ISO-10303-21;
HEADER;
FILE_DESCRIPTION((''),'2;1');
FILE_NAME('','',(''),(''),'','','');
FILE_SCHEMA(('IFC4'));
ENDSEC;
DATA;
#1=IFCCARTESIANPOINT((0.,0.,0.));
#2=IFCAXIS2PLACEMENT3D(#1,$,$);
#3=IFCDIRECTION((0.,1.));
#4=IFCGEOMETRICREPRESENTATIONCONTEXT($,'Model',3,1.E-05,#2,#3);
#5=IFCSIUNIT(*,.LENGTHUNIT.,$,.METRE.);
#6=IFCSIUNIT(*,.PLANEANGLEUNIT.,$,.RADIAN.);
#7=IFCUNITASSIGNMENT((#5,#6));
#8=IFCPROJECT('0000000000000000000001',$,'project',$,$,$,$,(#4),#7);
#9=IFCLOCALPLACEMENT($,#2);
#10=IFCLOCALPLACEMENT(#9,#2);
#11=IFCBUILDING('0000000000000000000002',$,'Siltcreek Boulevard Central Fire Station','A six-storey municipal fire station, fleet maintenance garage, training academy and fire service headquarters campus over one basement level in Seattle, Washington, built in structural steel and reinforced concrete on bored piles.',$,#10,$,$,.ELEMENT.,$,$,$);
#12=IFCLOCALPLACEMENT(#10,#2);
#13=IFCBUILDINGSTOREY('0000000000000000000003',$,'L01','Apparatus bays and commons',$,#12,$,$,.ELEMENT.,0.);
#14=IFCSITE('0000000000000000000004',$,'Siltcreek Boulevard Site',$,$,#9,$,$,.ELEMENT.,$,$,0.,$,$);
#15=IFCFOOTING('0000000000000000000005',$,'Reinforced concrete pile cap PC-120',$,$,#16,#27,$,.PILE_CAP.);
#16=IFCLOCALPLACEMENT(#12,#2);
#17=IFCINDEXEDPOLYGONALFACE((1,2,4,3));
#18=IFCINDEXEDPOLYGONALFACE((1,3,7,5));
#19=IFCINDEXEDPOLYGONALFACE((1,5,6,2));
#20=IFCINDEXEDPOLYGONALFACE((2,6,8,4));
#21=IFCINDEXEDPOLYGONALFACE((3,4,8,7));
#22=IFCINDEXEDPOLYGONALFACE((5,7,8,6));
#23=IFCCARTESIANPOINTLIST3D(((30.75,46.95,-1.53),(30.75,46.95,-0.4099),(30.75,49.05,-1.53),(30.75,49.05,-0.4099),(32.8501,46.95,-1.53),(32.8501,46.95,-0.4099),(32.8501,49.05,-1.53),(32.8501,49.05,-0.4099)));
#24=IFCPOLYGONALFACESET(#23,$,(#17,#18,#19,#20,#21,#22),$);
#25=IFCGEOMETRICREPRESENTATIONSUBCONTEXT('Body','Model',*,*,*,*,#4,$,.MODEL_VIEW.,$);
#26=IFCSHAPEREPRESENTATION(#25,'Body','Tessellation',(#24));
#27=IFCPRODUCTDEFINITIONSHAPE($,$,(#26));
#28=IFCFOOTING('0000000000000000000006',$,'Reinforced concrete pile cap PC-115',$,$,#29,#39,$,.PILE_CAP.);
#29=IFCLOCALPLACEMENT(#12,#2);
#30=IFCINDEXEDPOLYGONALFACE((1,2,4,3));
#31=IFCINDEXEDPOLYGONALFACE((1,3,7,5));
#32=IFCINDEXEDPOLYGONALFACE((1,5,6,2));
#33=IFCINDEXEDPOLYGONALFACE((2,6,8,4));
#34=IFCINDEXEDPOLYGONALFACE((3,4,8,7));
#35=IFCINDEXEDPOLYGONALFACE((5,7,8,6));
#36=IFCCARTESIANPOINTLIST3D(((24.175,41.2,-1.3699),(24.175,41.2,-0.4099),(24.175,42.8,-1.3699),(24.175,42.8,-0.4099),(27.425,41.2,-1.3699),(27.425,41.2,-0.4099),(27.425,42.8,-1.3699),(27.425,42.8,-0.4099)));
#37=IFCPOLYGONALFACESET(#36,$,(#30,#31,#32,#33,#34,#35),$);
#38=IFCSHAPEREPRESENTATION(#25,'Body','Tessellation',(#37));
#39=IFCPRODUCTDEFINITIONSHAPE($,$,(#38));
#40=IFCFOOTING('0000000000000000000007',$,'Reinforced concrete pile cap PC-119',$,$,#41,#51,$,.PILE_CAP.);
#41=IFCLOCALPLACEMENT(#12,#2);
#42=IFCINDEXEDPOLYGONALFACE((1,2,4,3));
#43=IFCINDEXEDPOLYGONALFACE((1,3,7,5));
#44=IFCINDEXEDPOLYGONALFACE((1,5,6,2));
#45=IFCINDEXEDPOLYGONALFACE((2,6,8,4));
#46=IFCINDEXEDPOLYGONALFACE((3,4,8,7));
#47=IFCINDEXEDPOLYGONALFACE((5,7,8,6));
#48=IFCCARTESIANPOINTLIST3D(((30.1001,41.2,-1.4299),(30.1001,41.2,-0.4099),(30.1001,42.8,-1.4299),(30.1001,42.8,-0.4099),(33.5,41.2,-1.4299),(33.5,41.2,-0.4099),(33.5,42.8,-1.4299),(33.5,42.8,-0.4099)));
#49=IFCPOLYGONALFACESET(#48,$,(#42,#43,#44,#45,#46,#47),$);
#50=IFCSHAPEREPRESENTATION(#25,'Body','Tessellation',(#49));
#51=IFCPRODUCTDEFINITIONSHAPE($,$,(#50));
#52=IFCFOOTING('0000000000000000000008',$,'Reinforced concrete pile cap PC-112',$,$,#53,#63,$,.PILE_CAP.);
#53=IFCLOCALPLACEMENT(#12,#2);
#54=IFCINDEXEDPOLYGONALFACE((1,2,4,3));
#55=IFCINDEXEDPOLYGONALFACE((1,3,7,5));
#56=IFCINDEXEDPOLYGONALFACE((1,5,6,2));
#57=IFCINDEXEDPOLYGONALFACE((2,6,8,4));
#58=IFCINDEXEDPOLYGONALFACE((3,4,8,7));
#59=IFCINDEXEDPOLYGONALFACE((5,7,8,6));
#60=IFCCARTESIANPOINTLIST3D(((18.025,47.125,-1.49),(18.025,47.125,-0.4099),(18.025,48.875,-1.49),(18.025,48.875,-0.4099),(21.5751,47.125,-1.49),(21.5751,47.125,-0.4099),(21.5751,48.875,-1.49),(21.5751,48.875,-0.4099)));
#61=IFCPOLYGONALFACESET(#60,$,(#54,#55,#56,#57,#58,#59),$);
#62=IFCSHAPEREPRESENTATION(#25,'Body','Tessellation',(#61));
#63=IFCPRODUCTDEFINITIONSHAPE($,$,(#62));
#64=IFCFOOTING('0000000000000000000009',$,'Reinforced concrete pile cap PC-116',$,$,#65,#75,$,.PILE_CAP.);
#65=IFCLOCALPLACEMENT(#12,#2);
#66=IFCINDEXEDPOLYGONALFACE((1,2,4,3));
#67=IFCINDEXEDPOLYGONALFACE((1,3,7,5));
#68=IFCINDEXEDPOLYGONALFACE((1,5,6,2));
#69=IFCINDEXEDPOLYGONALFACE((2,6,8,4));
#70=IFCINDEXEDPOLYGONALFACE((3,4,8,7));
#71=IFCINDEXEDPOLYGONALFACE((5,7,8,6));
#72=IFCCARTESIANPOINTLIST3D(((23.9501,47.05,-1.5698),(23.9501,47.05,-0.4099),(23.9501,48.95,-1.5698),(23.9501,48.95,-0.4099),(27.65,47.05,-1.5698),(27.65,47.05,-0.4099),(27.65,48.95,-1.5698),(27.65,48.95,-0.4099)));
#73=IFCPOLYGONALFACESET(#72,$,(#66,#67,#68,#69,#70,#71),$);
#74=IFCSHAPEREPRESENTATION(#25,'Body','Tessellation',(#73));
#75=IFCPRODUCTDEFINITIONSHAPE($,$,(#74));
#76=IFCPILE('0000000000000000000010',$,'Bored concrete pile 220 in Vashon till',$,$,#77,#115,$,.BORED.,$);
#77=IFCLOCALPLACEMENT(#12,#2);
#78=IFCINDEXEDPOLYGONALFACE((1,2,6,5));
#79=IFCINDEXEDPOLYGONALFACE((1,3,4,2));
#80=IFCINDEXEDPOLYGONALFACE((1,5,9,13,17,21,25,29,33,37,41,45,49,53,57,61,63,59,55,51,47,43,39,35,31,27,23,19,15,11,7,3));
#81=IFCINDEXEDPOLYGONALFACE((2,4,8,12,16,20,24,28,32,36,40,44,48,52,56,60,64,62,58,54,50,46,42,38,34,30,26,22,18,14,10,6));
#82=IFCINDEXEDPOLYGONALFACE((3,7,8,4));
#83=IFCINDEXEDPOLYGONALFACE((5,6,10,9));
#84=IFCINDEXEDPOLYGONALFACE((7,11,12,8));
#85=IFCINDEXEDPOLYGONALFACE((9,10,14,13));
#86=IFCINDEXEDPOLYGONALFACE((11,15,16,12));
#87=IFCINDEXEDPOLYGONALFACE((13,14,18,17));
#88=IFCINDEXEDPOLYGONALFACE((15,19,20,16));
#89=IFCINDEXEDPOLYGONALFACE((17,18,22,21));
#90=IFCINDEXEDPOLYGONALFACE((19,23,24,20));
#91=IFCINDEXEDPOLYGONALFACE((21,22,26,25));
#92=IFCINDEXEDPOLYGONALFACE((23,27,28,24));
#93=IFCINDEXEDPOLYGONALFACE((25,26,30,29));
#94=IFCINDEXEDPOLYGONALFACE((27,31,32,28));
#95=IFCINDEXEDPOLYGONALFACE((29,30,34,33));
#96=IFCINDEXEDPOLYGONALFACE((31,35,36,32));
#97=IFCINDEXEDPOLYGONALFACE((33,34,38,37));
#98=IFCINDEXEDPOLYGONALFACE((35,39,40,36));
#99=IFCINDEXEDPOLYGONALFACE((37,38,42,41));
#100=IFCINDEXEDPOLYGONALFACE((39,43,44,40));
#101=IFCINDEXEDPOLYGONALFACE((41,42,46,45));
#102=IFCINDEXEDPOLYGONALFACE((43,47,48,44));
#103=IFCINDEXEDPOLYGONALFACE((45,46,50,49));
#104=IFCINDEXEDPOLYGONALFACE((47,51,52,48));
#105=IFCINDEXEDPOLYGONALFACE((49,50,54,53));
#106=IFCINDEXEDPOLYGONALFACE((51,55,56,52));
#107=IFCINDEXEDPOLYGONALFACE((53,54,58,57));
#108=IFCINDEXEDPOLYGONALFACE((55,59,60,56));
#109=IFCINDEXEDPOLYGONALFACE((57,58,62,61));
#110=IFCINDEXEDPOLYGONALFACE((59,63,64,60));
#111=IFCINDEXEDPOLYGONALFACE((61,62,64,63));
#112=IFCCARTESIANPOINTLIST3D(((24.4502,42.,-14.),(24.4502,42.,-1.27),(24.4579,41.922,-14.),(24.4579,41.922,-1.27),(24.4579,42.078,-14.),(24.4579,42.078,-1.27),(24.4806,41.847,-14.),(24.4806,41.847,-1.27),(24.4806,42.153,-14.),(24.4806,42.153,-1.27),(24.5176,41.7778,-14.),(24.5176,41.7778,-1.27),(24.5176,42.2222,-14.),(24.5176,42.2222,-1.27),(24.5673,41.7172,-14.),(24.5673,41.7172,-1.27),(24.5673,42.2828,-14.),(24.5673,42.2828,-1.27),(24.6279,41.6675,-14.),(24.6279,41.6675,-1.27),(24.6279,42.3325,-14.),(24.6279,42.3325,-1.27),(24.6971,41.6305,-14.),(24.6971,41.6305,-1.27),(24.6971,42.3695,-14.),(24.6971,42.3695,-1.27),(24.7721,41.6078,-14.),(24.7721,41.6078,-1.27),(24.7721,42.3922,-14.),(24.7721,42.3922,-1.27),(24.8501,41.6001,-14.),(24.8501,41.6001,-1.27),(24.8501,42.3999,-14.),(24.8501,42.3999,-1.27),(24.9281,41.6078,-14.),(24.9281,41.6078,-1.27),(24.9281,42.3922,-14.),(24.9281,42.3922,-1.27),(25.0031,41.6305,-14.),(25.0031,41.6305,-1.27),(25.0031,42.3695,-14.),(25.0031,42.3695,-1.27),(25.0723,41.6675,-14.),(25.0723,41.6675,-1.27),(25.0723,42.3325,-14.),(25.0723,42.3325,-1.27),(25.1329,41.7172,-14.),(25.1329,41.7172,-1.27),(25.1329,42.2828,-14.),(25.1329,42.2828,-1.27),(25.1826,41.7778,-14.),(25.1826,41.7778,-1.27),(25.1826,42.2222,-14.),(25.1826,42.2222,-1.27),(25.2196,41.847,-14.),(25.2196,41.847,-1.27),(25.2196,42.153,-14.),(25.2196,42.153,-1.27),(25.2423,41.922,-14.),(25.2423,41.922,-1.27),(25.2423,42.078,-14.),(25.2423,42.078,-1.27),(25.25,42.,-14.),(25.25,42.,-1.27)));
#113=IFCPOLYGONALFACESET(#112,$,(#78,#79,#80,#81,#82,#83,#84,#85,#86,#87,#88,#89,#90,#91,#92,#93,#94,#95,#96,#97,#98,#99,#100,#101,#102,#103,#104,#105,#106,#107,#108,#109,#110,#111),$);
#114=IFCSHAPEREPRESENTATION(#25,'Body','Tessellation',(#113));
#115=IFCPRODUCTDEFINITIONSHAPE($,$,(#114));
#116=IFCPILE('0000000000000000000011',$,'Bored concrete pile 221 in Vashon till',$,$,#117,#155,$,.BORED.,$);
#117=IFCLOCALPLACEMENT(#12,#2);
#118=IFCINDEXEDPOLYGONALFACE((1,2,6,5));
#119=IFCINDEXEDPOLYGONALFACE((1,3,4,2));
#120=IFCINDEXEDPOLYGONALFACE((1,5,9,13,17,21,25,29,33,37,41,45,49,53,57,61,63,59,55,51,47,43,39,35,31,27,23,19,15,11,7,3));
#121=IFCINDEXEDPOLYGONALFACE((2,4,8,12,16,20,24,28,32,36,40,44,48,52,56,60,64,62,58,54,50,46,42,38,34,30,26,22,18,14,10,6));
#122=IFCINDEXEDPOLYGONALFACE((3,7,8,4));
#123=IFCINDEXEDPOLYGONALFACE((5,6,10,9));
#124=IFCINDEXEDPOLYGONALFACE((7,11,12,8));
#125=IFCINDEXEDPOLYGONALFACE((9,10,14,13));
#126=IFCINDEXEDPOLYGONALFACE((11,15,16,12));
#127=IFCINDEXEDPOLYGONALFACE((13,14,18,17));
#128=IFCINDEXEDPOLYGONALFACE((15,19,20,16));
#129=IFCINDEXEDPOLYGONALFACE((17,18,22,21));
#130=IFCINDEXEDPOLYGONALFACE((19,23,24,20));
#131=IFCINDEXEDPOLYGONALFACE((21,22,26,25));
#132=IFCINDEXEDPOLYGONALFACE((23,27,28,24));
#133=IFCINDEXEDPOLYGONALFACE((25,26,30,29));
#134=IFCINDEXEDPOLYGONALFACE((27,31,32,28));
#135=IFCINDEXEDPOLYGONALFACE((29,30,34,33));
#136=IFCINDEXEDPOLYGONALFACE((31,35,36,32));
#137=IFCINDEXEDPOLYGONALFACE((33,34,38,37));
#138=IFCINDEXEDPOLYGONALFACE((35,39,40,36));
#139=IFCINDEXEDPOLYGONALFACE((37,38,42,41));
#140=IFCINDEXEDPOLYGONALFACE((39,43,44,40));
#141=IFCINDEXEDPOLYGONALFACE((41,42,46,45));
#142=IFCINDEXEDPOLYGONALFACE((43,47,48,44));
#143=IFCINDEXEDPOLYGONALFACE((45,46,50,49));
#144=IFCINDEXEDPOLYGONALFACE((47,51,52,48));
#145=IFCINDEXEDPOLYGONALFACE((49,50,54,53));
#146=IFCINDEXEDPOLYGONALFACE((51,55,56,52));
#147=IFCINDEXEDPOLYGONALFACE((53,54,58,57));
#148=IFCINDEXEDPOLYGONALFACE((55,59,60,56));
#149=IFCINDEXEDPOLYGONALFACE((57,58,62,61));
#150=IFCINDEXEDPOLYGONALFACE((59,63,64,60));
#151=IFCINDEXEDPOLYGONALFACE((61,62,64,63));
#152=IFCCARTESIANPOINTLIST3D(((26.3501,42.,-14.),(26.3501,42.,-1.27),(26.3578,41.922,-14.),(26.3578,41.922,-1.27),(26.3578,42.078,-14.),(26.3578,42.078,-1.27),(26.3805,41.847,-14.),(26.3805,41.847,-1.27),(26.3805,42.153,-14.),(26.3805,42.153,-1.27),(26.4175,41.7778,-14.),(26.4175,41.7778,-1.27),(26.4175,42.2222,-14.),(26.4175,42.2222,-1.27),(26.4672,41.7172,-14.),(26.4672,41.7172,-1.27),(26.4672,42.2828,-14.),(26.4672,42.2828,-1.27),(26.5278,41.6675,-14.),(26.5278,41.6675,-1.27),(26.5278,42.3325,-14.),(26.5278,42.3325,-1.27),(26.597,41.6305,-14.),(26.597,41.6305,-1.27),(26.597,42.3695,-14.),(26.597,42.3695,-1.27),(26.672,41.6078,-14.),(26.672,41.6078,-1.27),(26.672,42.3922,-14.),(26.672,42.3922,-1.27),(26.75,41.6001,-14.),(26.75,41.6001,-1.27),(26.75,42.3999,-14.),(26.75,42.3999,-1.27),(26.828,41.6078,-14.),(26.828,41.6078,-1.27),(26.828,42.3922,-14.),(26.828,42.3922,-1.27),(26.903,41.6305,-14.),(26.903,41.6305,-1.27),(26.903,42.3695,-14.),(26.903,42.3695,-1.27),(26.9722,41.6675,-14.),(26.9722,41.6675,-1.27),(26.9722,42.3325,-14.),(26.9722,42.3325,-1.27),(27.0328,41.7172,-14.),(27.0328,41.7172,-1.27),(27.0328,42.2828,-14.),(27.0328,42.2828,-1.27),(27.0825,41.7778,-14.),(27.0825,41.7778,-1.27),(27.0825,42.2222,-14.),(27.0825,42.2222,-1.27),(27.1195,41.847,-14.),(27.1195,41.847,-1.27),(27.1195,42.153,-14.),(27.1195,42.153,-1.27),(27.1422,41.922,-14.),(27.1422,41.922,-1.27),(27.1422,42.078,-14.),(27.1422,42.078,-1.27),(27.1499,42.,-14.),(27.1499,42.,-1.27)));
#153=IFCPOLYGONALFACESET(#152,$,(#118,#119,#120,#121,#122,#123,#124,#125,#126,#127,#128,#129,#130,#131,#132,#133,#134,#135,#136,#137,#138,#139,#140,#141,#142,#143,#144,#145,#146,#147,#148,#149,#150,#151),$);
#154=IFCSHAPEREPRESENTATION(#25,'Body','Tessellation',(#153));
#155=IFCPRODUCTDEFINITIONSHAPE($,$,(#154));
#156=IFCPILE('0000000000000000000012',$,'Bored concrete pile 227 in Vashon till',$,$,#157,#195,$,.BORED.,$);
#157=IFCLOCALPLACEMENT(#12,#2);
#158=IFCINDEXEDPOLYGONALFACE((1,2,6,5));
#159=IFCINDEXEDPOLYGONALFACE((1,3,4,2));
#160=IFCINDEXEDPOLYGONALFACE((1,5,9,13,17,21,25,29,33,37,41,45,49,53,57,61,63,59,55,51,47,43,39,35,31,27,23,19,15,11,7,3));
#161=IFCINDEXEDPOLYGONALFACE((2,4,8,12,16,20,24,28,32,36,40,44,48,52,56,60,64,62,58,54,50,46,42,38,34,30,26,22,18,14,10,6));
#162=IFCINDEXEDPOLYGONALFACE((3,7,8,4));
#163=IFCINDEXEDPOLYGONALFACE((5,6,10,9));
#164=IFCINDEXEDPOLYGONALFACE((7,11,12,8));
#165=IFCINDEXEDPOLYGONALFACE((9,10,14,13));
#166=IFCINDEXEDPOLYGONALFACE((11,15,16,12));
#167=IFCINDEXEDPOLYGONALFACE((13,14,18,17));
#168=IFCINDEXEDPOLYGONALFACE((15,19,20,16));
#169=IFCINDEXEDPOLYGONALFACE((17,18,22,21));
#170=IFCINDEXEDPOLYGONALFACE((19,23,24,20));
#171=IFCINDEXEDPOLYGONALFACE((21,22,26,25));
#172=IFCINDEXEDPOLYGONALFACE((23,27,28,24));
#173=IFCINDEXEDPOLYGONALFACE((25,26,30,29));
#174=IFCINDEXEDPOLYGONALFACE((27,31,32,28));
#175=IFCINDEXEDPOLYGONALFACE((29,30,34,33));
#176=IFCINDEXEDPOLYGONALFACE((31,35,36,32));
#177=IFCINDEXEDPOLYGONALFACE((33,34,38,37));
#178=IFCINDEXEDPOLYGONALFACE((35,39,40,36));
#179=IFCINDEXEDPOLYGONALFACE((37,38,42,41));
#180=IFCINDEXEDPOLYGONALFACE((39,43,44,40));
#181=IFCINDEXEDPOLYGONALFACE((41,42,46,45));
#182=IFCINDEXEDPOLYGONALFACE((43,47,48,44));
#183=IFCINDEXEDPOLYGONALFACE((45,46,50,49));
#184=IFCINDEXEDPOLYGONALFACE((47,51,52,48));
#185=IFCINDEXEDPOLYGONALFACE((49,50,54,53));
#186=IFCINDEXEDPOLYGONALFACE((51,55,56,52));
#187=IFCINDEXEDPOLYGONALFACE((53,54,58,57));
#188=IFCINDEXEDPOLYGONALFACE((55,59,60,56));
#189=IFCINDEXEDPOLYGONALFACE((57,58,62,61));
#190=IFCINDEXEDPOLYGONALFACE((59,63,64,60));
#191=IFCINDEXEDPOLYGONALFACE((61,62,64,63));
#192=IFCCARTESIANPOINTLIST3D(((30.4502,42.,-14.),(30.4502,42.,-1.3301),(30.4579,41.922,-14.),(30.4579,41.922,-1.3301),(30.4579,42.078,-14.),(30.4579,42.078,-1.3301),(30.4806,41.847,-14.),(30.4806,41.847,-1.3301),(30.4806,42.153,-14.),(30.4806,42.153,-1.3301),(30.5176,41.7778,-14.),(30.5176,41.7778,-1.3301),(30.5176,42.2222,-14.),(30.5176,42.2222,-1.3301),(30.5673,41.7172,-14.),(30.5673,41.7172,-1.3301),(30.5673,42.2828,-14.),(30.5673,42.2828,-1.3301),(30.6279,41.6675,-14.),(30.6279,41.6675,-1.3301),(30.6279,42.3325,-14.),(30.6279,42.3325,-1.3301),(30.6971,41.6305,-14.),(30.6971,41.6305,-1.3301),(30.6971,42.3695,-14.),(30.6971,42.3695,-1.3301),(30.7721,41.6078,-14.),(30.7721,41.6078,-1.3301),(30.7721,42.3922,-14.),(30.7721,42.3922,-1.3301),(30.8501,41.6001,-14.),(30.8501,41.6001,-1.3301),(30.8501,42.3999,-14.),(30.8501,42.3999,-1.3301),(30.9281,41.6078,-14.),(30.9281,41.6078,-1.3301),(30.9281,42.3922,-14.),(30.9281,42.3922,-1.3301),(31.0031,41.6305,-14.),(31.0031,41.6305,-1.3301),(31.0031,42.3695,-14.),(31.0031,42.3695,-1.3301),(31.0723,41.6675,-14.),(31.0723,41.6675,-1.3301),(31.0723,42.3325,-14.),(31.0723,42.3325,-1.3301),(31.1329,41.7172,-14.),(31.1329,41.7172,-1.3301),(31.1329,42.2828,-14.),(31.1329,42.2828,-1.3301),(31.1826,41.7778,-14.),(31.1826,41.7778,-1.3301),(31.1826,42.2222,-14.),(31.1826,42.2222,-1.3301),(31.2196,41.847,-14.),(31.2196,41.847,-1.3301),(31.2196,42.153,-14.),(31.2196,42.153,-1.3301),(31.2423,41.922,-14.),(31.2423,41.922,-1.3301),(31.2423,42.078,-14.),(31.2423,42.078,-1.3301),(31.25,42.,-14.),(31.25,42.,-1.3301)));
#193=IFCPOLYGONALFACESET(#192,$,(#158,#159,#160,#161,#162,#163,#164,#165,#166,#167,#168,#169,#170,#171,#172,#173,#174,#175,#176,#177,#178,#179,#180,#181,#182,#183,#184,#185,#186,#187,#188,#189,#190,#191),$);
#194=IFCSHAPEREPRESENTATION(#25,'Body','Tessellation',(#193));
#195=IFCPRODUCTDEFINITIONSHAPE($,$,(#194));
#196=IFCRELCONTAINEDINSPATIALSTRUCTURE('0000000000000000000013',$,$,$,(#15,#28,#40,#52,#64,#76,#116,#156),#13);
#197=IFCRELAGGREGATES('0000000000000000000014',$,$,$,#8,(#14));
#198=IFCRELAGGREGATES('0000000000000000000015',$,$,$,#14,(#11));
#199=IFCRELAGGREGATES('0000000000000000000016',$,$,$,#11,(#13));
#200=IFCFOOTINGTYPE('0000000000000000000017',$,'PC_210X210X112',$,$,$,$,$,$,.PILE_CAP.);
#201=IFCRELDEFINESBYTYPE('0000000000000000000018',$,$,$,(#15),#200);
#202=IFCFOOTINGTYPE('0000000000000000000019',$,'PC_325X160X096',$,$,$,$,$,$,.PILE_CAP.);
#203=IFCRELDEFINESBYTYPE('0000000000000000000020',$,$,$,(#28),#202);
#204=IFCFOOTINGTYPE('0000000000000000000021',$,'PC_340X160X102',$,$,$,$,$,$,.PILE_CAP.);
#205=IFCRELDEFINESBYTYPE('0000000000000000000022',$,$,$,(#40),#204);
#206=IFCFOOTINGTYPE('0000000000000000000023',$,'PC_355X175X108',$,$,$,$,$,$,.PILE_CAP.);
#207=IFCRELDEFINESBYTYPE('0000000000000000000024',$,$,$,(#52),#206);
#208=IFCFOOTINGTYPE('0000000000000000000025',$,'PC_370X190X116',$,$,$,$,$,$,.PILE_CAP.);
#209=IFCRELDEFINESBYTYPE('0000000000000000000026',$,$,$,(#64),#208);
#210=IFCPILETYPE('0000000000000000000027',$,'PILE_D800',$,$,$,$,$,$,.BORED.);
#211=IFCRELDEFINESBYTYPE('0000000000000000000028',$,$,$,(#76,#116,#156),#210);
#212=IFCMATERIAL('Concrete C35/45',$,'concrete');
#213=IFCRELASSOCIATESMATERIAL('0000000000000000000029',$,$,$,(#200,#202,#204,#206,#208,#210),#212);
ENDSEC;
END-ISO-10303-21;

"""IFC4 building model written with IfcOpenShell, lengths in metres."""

from ifc_helpers import new_model, si_unit, direction, frame, origin, origin_2d, place, context, subcontext, project, spatial, rectangle, circle, extrude, material, material_profile, profile_set, type_object, element, save


model = new_model("IFC4")

# Units and contexts
model_context = context("Model", 3, precision=1e-05, world=origin(), true_north=direction((0.0, 1.0)))
body_context = subcontext(model_context, "Body", "Model", "MODEL_VIEW")
ifc_project = project(units=[si_unit("LENGTHUNIT", "METRE"), si_unit("PLANEANGLEUNIT", "RADIAN")], contexts=[model_context])

# Site, building, storey
site_placement = place(None, origin())
site = spatial("IfcSite", under=ifc_project, at=site_placement, Name="Siltcreek Boulevard Site", CompositionType="ELEMENT", RefElevation=0.0)
building_placement = place(site_placement, origin())
building = spatial("IfcBuilding", under=site, at=building_placement, Name="Siltcreek Boulevard Central Fire Station", Description="A six-storey municipal fire station, fleet maintenance garage, training academy and fire service headquarters campus over one basement level in Seattle, Washington, built in structural steel and reinforced concrete on bored piles.", CompositionType="ELEMENT")
storey_placement = place(building_placement, origin())
storey = spatial("IfcBuildingStorey", under=building, at=storey_placement, Name="L01", Description="Apparatus bays and commons", CompositionType="ELEMENT", Elevation=0.0)

# Footings
ifc_material_1 = material(Name="Concrete C35/45", Category="concrete")
footing_type_1 = type_object("IfcFootingType", Name="PC_210X210X112", PredefinedType="PILE_CAP", material=ifc_material_1)
footing_1_placement = place(storey_placement, frame((31.8, 48.0, -1.53), z_axis=(0.0, 0.0, 1.0), x_axis=(1.0, 0.0, 0.0)))
element("IfcFooting", 1, at=footing_1_placement, inside=storey, type_object=footing_type_1, Name="Reinforced concrete pile cap PC-120", PredefinedType="PILE_CAP", context=body_context, shape_type="SweptSolid", body=[
    extrude(rectangle(XDim=2.1001, YDim=2.1001, at=origin_2d()), origin(), (0.0, 0.0, 1.0), 1.1201),
])
footing_type_2 = type_object("IfcFootingType", Name="PC_325X160X096", PredefinedType="PILE_CAP", material=ifc_material_1)
footing_2_placement = place(storey_placement, frame((25.8, 42.0, -1.3699), z_axis=(0.0, 0.0, 1.0), x_axis=(1.0, 0.0, 0.0)))
element("IfcFooting", 2, at=footing_2_placement, inside=storey, type_object=footing_type_2, Name="Reinforced concrete pile cap PC-115", PredefinedType="PILE_CAP", context=body_context, shape_type="SweptSolid", body=[
    extrude(rectangle(XDim=3.25, YDim=1.6001, at=origin_2d()), origin(), (0.0, 0.0, 1.0), 0.96),
])
footing_type_3 = type_object("IfcFootingType", Name="PC_340X160X102", PredefinedType="PILE_CAP", material=ifc_material_1)
footing_3_placement = place(storey_placement, frame((31.8, 42.0, -1.4299), z_axis=(0.0, 0.0, 1.0), x_axis=(1.0, 0.0, 0.0)))
element("IfcFooting", 3, at=footing_3_placement, inside=storey, type_object=footing_type_3, Name="Reinforced concrete pile cap PC-119", PredefinedType="PILE_CAP", context=body_context, shape_type="SweptSolid", body=[
    extrude(rectangle(XDim=3.3999, YDim=1.6001, at=origin_2d()), origin(), (0.0, 0.0, 1.0), 1.02),
])
footing_type_4 = type_object("IfcFootingType", Name="PC_355X175X108", PredefinedType="PILE_CAP", material=ifc_material_1)
footing_4_placement = place(storey_placement, frame((19.8, 48.0, -1.49), z_axis=(0.0, 0.0, 1.0), x_axis=(1.0, 0.0, 0.0)))
element("IfcFooting", 4, at=footing_4_placement, inside=storey, type_object=footing_type_4, Name="Reinforced concrete pile cap PC-112", PredefinedType="PILE_CAP", context=body_context, shape_type="SweptSolid", body=[
    extrude(rectangle(XDim=3.55, YDim=1.75, at=origin_2d()), origin(), (0.0, 0.0, 1.0), 1.0801),
])
footing_type_5 = type_object("IfcFootingType", Name="PC_370X190X116", PredefinedType="PILE_CAP", material=ifc_material_1)
footing_5_placement = place(storey_placement, frame((25.8, 48.0, -1.5698), z_axis=(0.0, 0.0, 1.0), x_axis=(1.0, 0.0, 0.0)))
element("IfcFooting", 5, at=footing_5_placement, inside=storey, type_object=footing_type_5, Name="Reinforced concrete pile cap PC-116", PredefinedType="PILE_CAP", context=body_context, shape_type="SweptSolid", body=[
    extrude(rectangle(XDim=3.7, YDim=1.8999, at=origin_2d()), origin(), (0.0, 0.0, 1.0), 1.1599),
])

# Piles
ifc_material_profile_1 = material_profile(ifc_material_1, circle(Radius=0.3999, at=origin_2d()), Name="SHAFT800")
ifc_profile_set_1 = profile_set([ifc_material_profile_1], Name="Concrete C35/45")
pile_type_1 = type_object("IfcPileType", Name="PILE_D800", PredefinedType="BORED", material=ifc_profile_set_1)
for number, where, z_axis, x_axis, name in (
    (6, (24.8501, 42.0, -1.27), (0.0, 0.0, -1.0), (1.0, 0.0, 0.0), "Bored concrete pile 220 in Vashon till"),
    (7, (26.75, 42.0, -1.27), (0.0, 0.0, -1.0), (1.0, 0.0, 0.0), "Bored concrete pile 221 in Vashon till"),
):
    element("IfcPile", number, at=place(storey_placement, frame(where, z_axis=z_axis, x_axis=x_axis)), inside=storey, type_object=pile_type_1, Name=name, PredefinedType="BORED", context=body_context, shape_type="SweptSolid", body=[
        extrude(circle(Radius=0.3999, at=origin_2d()), origin(), (0.0, 0.0, 1.0), 12.73),
    ])
pile_1_placement = place(storey_placement, frame((30.8501, 42.0, -1.3301), z_axis=(0.0, 0.0, -1.0), x_axis=(1.0, 0.0, 0.0)))
element("IfcPile", 8, at=pile_1_placement, inside=storey, type_object=pile_type_1, Name="Bored concrete pile 227 in Vashon till", PredefinedType="BORED", context=body_context, shape_type="SweptSolid", body=[
    extrude(circle(Radius=0.3999, at=origin_2d()), origin(), (0.0, 0.0, 1.0), 12.6699),
])

save(model, "model.ifc")
